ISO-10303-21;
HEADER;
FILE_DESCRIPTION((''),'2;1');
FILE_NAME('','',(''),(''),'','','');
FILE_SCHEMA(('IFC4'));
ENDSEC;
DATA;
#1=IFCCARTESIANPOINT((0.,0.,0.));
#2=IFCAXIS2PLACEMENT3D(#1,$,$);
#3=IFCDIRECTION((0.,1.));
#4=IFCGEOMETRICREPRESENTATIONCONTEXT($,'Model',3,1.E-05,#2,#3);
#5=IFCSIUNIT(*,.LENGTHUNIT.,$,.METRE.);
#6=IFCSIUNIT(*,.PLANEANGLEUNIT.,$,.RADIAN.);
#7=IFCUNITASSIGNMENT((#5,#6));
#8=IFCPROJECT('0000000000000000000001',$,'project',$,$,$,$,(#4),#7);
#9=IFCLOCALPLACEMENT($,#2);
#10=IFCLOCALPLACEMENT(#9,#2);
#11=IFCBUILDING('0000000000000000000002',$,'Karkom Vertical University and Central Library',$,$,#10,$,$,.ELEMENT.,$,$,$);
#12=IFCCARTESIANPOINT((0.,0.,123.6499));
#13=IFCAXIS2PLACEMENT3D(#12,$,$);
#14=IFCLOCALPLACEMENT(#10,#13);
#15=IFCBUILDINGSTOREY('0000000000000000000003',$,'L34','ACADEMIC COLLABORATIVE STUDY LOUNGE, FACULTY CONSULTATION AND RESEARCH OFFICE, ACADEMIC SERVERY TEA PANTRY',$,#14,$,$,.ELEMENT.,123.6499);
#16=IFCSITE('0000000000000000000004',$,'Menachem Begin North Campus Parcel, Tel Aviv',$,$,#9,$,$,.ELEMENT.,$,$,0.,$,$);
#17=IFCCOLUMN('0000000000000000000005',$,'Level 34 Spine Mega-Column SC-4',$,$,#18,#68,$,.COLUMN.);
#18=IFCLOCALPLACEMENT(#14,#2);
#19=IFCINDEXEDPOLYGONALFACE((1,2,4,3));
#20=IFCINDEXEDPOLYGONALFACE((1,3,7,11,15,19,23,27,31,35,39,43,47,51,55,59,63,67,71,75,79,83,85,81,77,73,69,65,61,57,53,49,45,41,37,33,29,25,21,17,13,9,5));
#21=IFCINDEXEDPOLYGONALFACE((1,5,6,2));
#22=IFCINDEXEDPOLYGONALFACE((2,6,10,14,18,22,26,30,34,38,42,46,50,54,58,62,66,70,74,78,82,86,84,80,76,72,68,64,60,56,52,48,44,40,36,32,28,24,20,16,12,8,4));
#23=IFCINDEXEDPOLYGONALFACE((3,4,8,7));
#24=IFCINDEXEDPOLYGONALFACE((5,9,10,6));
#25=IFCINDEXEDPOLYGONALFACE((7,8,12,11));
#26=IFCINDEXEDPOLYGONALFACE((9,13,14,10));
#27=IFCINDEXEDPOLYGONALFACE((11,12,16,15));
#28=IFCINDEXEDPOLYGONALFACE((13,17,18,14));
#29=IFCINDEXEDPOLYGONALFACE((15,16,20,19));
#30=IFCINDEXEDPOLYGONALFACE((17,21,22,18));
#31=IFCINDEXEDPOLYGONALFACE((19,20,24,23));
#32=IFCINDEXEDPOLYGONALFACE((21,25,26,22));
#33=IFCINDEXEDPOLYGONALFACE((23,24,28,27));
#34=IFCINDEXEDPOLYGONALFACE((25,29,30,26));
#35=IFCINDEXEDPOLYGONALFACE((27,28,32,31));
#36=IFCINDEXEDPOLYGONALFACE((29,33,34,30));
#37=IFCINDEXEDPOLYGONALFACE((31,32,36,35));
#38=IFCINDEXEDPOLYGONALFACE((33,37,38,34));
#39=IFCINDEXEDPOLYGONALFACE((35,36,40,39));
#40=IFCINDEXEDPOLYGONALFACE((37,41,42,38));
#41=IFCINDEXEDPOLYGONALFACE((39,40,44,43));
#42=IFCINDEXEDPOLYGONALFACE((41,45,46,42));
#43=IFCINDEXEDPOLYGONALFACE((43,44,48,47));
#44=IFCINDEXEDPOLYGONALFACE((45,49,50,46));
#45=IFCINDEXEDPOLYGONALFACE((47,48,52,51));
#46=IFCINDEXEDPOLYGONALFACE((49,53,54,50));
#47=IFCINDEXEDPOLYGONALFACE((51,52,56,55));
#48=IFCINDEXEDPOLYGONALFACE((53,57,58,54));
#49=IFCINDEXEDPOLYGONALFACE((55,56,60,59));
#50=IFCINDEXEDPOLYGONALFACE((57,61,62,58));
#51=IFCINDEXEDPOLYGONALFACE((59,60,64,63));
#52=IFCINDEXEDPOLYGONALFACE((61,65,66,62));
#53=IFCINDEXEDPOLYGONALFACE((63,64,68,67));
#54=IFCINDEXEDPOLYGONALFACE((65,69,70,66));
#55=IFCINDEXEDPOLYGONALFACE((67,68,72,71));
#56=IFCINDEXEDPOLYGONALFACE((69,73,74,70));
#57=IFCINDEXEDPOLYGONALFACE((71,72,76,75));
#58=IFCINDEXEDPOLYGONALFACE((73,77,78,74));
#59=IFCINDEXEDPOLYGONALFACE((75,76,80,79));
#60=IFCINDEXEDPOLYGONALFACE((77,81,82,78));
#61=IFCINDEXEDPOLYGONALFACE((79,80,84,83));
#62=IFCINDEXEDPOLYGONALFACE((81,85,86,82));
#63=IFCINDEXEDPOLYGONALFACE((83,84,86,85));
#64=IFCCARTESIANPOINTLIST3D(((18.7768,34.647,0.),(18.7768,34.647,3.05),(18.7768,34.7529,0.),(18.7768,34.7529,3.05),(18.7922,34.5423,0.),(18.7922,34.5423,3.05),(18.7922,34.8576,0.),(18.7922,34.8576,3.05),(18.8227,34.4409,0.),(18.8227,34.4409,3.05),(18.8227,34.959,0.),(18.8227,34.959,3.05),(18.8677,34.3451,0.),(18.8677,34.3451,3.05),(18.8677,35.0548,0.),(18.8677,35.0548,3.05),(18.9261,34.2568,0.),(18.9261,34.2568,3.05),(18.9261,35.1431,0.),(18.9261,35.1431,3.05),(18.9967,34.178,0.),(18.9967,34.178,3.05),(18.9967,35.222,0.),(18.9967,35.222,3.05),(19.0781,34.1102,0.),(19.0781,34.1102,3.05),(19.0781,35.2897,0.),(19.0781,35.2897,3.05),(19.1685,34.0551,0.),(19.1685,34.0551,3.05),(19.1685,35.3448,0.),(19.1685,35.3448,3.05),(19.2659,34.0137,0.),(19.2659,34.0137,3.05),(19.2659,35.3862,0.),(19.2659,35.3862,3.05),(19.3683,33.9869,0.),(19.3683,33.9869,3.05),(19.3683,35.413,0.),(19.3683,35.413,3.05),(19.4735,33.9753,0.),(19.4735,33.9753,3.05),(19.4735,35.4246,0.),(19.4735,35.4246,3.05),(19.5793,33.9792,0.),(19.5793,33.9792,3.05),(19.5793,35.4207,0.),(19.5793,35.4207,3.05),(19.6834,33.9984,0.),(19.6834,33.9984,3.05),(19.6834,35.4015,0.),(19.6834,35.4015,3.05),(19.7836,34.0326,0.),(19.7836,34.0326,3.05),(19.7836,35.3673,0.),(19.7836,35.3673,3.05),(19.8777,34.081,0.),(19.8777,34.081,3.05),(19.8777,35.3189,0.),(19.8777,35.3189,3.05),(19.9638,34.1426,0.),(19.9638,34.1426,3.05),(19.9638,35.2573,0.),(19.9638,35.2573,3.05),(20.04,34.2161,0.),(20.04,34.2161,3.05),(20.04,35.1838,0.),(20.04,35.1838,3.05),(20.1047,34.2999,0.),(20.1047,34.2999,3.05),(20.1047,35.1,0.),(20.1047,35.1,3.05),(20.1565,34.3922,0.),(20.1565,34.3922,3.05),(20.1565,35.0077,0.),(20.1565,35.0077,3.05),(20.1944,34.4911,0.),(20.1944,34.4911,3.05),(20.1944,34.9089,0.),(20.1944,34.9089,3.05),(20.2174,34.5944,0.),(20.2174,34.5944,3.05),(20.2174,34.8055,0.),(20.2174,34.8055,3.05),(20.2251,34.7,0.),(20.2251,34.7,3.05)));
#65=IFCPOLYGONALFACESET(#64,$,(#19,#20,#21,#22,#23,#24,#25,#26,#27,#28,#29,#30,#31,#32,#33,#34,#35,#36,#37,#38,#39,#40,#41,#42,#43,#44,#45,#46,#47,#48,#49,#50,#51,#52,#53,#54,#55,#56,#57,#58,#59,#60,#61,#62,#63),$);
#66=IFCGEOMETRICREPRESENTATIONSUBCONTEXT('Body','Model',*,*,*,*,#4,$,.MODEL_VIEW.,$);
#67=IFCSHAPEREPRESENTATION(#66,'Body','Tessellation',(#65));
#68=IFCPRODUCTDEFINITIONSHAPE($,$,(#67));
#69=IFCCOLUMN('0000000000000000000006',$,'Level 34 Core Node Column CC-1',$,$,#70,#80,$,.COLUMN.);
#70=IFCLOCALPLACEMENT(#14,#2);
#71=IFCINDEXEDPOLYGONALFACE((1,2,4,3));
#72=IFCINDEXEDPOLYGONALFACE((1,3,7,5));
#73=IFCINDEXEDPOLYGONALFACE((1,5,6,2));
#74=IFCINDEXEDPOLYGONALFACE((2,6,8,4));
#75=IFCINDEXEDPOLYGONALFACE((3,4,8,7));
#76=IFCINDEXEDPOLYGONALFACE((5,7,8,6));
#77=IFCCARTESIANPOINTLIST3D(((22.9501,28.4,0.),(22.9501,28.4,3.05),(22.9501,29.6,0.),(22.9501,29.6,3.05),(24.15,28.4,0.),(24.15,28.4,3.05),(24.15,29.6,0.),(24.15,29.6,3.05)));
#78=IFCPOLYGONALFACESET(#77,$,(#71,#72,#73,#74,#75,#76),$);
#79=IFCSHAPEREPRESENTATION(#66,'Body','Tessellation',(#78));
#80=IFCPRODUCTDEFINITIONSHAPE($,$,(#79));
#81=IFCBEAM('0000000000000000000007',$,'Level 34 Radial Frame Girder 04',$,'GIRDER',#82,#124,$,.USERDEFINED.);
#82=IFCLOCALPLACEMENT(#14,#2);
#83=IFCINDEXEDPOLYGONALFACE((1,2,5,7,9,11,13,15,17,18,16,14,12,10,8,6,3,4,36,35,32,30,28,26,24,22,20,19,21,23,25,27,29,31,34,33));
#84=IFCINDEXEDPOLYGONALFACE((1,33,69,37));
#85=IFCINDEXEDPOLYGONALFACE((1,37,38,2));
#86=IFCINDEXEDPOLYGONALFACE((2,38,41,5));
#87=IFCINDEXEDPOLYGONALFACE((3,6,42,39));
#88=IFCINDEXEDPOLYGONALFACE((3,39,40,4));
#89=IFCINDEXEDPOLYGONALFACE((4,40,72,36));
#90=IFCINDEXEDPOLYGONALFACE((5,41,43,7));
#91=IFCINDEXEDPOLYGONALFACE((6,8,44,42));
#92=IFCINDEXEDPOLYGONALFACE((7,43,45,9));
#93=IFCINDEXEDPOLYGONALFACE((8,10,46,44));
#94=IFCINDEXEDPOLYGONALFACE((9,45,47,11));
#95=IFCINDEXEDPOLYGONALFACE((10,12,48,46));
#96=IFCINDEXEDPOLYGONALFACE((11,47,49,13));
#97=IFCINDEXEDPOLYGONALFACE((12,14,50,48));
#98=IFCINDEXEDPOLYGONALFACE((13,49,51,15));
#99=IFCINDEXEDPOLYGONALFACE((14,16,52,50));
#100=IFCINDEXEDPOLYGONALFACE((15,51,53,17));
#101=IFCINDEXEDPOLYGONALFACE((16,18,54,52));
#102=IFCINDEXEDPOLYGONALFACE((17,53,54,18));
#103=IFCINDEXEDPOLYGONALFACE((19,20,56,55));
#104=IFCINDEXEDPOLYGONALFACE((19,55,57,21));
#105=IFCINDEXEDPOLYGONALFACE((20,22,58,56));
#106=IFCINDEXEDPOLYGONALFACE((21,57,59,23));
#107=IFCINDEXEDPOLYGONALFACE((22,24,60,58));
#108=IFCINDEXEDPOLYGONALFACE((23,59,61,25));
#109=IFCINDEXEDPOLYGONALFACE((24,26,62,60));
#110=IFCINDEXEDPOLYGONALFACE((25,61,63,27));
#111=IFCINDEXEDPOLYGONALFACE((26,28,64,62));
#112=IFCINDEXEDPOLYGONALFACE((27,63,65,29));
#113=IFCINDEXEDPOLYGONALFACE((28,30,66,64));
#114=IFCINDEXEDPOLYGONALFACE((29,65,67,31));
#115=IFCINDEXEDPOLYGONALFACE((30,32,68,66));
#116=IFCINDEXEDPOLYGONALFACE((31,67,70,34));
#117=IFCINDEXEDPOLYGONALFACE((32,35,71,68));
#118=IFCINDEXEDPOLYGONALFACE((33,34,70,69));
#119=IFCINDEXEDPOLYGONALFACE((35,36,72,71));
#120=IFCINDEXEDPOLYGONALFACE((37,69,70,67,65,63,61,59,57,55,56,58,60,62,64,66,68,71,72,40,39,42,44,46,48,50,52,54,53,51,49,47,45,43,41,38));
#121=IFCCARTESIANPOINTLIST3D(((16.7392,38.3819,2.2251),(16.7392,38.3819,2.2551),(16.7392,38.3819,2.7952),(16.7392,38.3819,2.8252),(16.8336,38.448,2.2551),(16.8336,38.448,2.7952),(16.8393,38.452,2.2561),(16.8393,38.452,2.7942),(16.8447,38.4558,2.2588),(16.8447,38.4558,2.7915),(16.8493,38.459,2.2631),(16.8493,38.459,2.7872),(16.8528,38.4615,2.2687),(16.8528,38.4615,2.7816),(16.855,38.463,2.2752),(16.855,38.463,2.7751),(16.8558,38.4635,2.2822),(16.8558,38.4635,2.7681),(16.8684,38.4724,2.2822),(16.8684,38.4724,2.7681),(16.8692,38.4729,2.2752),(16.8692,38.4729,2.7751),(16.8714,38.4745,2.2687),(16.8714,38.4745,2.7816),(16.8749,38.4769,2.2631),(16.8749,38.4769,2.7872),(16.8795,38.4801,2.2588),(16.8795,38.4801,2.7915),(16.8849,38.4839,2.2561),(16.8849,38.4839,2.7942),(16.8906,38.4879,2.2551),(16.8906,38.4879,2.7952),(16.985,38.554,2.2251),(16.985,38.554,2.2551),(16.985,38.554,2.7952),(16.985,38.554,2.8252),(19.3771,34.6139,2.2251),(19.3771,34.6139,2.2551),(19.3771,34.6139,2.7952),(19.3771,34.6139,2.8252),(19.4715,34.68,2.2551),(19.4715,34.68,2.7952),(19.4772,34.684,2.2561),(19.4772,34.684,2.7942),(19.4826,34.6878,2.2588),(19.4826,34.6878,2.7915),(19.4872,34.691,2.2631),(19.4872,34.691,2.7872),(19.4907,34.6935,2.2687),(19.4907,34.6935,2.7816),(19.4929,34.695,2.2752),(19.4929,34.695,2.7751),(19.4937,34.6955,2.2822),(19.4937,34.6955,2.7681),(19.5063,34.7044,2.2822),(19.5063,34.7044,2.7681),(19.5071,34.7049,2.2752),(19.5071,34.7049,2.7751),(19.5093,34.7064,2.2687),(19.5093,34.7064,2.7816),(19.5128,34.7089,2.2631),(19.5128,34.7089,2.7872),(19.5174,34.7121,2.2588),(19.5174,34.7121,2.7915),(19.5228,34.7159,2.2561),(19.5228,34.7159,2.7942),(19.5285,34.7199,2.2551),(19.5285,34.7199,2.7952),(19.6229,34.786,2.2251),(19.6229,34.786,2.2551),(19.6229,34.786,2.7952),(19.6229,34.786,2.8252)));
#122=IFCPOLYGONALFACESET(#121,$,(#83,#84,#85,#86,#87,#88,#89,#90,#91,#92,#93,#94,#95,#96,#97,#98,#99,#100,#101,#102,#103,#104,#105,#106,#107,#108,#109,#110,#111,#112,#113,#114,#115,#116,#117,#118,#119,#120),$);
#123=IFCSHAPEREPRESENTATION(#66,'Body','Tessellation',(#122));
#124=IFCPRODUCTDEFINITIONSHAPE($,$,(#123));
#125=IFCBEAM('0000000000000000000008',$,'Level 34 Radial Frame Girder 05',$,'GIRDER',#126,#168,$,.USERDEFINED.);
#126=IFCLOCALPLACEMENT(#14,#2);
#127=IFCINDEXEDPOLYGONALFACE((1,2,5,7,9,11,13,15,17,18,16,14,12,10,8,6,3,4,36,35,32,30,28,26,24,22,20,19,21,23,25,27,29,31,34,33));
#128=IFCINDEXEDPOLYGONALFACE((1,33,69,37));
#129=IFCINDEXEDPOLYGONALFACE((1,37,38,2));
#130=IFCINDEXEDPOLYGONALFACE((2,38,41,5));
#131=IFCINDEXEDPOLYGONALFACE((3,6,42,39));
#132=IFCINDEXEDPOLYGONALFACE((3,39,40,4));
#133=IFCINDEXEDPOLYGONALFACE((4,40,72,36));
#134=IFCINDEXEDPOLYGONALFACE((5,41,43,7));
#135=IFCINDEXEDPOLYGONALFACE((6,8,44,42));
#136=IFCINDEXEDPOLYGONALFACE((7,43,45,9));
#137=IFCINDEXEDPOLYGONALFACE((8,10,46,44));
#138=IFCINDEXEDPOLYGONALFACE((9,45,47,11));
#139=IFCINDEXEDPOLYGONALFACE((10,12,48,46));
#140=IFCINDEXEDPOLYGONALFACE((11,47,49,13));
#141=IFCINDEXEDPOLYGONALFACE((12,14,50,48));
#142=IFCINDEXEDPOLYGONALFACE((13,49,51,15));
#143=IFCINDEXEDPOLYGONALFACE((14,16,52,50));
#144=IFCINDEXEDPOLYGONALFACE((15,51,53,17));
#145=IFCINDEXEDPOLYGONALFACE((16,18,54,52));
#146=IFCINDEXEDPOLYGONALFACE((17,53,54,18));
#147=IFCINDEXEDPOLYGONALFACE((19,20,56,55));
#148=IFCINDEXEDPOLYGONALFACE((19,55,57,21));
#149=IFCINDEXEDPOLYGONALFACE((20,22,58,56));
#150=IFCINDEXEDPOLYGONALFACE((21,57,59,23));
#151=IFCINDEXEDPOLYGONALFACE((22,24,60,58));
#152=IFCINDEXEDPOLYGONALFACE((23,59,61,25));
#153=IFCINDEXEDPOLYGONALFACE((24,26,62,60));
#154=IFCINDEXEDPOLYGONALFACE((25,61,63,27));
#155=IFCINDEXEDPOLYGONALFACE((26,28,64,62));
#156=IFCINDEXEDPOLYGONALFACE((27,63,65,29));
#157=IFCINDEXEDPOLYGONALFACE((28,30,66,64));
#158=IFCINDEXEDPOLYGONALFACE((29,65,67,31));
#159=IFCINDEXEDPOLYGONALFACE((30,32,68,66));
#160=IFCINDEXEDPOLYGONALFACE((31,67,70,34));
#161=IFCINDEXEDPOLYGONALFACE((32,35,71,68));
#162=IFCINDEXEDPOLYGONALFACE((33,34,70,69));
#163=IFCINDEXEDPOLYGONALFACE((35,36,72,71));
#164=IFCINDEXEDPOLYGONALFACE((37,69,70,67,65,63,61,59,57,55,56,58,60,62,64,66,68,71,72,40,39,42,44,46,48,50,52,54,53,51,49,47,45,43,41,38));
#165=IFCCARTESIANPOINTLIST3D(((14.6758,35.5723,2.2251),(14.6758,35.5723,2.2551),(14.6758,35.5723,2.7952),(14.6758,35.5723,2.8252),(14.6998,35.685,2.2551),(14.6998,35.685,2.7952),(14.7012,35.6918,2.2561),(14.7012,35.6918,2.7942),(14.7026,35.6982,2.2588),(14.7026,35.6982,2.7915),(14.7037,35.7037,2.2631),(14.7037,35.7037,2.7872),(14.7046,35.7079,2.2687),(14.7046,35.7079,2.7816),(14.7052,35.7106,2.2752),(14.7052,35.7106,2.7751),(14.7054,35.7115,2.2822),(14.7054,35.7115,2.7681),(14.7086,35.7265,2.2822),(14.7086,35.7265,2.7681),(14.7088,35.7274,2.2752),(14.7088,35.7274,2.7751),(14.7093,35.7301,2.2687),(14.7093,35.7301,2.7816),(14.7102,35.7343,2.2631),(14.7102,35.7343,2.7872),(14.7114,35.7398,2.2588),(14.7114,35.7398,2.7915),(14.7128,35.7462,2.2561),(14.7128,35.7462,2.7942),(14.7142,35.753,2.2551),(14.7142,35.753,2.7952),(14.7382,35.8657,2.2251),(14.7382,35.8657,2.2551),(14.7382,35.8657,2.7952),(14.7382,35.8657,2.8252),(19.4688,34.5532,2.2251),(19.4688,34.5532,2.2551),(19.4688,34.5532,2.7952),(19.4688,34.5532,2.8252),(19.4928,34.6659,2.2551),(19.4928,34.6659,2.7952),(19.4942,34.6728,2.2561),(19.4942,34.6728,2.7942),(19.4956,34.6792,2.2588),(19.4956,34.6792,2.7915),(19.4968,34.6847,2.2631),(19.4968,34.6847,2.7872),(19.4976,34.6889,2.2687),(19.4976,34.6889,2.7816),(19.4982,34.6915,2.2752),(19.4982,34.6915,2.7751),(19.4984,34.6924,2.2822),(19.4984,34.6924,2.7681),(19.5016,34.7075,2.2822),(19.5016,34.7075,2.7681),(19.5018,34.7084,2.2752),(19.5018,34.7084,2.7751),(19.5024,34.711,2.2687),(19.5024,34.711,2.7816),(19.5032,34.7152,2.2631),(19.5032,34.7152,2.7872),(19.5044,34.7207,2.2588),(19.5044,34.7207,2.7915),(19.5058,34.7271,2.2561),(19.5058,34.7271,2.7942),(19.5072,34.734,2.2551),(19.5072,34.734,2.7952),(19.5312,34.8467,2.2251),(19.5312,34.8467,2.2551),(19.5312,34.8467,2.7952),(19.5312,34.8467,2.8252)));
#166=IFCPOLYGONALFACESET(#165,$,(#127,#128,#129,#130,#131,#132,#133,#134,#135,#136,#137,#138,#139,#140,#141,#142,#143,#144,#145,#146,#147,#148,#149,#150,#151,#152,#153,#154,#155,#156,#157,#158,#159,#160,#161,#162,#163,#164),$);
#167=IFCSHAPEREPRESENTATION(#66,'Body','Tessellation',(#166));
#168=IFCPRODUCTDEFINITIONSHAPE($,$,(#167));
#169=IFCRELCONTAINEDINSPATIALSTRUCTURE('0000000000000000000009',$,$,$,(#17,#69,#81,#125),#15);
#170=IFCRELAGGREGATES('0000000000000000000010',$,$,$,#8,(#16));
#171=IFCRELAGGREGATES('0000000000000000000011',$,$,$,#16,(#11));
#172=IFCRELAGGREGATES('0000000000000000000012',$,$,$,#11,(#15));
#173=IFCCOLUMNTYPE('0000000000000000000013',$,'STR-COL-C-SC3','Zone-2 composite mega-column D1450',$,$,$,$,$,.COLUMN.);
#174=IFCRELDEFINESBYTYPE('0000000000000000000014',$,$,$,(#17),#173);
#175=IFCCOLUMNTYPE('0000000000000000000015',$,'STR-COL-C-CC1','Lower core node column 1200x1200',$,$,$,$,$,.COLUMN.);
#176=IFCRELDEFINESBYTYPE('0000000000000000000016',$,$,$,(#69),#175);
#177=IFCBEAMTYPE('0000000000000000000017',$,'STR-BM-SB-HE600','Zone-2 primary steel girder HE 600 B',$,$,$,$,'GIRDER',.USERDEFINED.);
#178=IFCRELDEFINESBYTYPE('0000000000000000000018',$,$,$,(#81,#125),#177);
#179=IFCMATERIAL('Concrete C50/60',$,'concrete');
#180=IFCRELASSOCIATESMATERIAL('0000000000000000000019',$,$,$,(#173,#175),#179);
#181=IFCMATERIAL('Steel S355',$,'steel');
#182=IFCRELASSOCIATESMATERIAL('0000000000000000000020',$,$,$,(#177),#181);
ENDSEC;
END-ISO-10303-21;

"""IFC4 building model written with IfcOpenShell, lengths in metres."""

from ifc_helpers import new_model, si_unit, direction, frame, origin, origin_with_axes, origin_2d, place, context, subcontext, project, spatial, rectangle, circle, i_section, extrude, source, transform, mapped, material, material_profile, profile_set, type_object, element, save


model = new_model("IFC4")

# Units and contexts
model_context = context("Model", 3, precision=1e-05, world=origin(), true_north=direction((0.0, 1.0)))
body_context = subcontext(model_context, "Body", "Model", "MODEL_VIEW")
ifc_project = project(units=[si_unit("LENGTHUNIT", "METRE"), si_unit("PLANEANGLEUNIT", "RADIAN")], contexts=[model_context])

# Site, building, storey
site_placement = place(None, origin())
site = spatial("IfcSite", under=ifc_project, at=site_placement, Name="Menachem Begin North Campus Parcel, Tel Aviv", CompositionType="ELEMENT", RefElevation=0.0)
building_placement = place(site_placement, origin())
building = spatial("IfcBuilding", under=site, at=building_placement, Name="Karkom Vertical University and Central Library", CompositionType="ELEMENT")
storey_placement = place(building_placement, frame((0.0, 0.0, 123.6499)))
storey = spatial("IfcBuildingStorey", under=building, at=storey_placement, Name="L34", Description="ACADEMIC COLLABORATIVE STUDY LOUNGE, FACULTY CONSULTATION AND RESEARCH OFFICE, ACADEMIC SERVERY TEA PANTRY", CompositionType="ELEMENT", Elevation=123.6499)

# Columns
ifc_material_1 = material(Name="Concrete C50/60", Category="concrete")
ifc_material_profile_1 = material_profile(ifc_material_1, circle(Radius=0.7251, at=origin_2d()), Name="CFT-D1450")
ifc_profile_set_1 = profile_set([ifc_material_profile_1], Name="Concrete C50/60")
column_type_1 = type_object("IfcColumnType", Name="STR-COL-C-SC3", Description="Zone-2 composite mega-column D1450", PredefinedType="COLUMN", material=ifc_profile_set_1)
shared_shape_1 = source(origin_with_axes(), body_context, "Body", "SweptSolid", [
    extrude(circle(Radius=0.7251, at=origin_2d()), origin(), (0.0, 0.0, 1.0), 3.05),
])
column_1_placement = place(storey_placement, frame((19.5, 34.7, 0.0), z_axis=(0.0, 0.0, 1.0), x_axis=(1.0, 0.0, 0.0)))
element("IfcColumn", 1, at=column_1_placement, inside=storey, type_object=column_type_1, Name="Level 34 Spine Mega-Column SC-4", PredefinedType="COLUMN", context=body_context, shape_type="MappedRepresentation", body=[
    mapped(shared_shape_1, transform((0.0, 0.0, 0.0), scale=1.0)),
])
ifc_material_profile_2 = material_profile(ifc_material_1, rectangle(XDim=1.2, YDim=1.2, at=origin_2d()), Name="RC-1200x1200")
ifc_profile_set_2 = profile_set([ifc_material_profile_2], Name="Concrete C50/60")
column_type_2 = type_object("IfcColumnType", Name="STR-COL-C-CC1", Description="Lower core node column 1200x1200", PredefinedType="COLUMN", material=ifc_profile_set_2)
shared_shape_2 = source(origin_with_axes(), body_context, "Body", "SweptSolid", [
    extrude(rectangle(XDim=1.2, YDim=1.2, at=origin_2d()), origin(), (0.0, 0.0, 1.0), 3.05),
])
column_2_placement = place(storey_placement, frame((23.55, 29.0, 0.0), z_axis=(0.0, 0.0, 1.0), x_axis=(1.0, 0.0, 0.0)))
element("IfcColumn", 2, at=column_2_placement, inside=storey, type_object=column_type_2, Name="Level 34 Core Node Column CC-1", PredefinedType="COLUMN", context=body_context, shape_type="MappedRepresentation", body=[
    mapped(shared_shape_2, transform((0.0, 0.0, 0.0), scale=1.0)),
])

# Beams
ifc_material_2 = material(Name="Steel S355", Category="steel")
ifc_material_profile_3 = material_profile(ifc_material_2, i_section(OverallWidth=0.3, OverallDepth=0.6001, WebThickness=0.0154, FlangeThickness=0.03, FilletRadius=0.0271, at=origin_2d()), Name="HE 600 B")
ifc_profile_set_3 = profile_set([ifc_material_profile_3], Name="Steel S355")
beam_type = type_object("IfcBeamType", Name="STR-BM-SB-HE600", Description="Zone-2 primary steel girder HE 600 B", ElementType="GIRDER", PredefinedType="USERDEFINED", material=ifc_profile_set_3)
shared_shape_3 = source(origin_with_axes(), body_context, "Body", "SweptSolid", [
    extrude(i_section(OverallWidth=0.3, OverallDepth=0.6001, WebThickness=0.0154, FlangeThickness=0.03, FilletRadius=0.0271, at=origin_2d()), origin(), (0.0, 0.0, 1.0), 4.5996),
])
beam_1_placement = place(storey_placement, frame((19.5, 34.7, 2.5251), z_axis=(-0.573505, 0.819202, 0.0), x_axis=(-0.819202, -0.573505, 0.0)))
element("IfcBeam", 3, at=beam_1_placement, inside=storey, type_object=beam_type, Name="Level 34 Radial Frame Girder 04", ObjectType="GIRDER", PredefinedType="USERDEFINED", context=body_context, shape_type="MappedRepresentation", body=[
    mapped(shared_shape_3, transform((0.0, 0.0, 0.0), scale=1.0)),
])
shared_shape_4 = source(origin_with_axes(), body_context, "Body", "SweptSolid", [
    extrude(i_section(OverallWidth=0.3, OverallDepth=0.6001, WebThickness=0.0154, FlangeThickness=0.03, FilletRadius=0.0271, at=origin_2d()), origin(), (0.0, 0.0, 1.0), 4.9001),
])
beam_2_placement = place(storey_placement, frame((19.5, 34.7, 2.5251), z_axis=(-0.978137, 0.207964, 0.0), x_axis=(-0.207964, -0.978137, 0.0)))
element("IfcBeam", 4, at=beam_2_placement, inside=storey, type_object=beam_type, Name="Level 34 Radial Frame Girder 05", ObjectType="GIRDER", PredefinedType="USERDEFINED", context=body_context, shape_type="MappedRepresentation", body=[
    mapped(shared_shape_4, transform((0.0, 0.0, 0.0), scale=1.0)),
])

save(model, "model.ifc")
